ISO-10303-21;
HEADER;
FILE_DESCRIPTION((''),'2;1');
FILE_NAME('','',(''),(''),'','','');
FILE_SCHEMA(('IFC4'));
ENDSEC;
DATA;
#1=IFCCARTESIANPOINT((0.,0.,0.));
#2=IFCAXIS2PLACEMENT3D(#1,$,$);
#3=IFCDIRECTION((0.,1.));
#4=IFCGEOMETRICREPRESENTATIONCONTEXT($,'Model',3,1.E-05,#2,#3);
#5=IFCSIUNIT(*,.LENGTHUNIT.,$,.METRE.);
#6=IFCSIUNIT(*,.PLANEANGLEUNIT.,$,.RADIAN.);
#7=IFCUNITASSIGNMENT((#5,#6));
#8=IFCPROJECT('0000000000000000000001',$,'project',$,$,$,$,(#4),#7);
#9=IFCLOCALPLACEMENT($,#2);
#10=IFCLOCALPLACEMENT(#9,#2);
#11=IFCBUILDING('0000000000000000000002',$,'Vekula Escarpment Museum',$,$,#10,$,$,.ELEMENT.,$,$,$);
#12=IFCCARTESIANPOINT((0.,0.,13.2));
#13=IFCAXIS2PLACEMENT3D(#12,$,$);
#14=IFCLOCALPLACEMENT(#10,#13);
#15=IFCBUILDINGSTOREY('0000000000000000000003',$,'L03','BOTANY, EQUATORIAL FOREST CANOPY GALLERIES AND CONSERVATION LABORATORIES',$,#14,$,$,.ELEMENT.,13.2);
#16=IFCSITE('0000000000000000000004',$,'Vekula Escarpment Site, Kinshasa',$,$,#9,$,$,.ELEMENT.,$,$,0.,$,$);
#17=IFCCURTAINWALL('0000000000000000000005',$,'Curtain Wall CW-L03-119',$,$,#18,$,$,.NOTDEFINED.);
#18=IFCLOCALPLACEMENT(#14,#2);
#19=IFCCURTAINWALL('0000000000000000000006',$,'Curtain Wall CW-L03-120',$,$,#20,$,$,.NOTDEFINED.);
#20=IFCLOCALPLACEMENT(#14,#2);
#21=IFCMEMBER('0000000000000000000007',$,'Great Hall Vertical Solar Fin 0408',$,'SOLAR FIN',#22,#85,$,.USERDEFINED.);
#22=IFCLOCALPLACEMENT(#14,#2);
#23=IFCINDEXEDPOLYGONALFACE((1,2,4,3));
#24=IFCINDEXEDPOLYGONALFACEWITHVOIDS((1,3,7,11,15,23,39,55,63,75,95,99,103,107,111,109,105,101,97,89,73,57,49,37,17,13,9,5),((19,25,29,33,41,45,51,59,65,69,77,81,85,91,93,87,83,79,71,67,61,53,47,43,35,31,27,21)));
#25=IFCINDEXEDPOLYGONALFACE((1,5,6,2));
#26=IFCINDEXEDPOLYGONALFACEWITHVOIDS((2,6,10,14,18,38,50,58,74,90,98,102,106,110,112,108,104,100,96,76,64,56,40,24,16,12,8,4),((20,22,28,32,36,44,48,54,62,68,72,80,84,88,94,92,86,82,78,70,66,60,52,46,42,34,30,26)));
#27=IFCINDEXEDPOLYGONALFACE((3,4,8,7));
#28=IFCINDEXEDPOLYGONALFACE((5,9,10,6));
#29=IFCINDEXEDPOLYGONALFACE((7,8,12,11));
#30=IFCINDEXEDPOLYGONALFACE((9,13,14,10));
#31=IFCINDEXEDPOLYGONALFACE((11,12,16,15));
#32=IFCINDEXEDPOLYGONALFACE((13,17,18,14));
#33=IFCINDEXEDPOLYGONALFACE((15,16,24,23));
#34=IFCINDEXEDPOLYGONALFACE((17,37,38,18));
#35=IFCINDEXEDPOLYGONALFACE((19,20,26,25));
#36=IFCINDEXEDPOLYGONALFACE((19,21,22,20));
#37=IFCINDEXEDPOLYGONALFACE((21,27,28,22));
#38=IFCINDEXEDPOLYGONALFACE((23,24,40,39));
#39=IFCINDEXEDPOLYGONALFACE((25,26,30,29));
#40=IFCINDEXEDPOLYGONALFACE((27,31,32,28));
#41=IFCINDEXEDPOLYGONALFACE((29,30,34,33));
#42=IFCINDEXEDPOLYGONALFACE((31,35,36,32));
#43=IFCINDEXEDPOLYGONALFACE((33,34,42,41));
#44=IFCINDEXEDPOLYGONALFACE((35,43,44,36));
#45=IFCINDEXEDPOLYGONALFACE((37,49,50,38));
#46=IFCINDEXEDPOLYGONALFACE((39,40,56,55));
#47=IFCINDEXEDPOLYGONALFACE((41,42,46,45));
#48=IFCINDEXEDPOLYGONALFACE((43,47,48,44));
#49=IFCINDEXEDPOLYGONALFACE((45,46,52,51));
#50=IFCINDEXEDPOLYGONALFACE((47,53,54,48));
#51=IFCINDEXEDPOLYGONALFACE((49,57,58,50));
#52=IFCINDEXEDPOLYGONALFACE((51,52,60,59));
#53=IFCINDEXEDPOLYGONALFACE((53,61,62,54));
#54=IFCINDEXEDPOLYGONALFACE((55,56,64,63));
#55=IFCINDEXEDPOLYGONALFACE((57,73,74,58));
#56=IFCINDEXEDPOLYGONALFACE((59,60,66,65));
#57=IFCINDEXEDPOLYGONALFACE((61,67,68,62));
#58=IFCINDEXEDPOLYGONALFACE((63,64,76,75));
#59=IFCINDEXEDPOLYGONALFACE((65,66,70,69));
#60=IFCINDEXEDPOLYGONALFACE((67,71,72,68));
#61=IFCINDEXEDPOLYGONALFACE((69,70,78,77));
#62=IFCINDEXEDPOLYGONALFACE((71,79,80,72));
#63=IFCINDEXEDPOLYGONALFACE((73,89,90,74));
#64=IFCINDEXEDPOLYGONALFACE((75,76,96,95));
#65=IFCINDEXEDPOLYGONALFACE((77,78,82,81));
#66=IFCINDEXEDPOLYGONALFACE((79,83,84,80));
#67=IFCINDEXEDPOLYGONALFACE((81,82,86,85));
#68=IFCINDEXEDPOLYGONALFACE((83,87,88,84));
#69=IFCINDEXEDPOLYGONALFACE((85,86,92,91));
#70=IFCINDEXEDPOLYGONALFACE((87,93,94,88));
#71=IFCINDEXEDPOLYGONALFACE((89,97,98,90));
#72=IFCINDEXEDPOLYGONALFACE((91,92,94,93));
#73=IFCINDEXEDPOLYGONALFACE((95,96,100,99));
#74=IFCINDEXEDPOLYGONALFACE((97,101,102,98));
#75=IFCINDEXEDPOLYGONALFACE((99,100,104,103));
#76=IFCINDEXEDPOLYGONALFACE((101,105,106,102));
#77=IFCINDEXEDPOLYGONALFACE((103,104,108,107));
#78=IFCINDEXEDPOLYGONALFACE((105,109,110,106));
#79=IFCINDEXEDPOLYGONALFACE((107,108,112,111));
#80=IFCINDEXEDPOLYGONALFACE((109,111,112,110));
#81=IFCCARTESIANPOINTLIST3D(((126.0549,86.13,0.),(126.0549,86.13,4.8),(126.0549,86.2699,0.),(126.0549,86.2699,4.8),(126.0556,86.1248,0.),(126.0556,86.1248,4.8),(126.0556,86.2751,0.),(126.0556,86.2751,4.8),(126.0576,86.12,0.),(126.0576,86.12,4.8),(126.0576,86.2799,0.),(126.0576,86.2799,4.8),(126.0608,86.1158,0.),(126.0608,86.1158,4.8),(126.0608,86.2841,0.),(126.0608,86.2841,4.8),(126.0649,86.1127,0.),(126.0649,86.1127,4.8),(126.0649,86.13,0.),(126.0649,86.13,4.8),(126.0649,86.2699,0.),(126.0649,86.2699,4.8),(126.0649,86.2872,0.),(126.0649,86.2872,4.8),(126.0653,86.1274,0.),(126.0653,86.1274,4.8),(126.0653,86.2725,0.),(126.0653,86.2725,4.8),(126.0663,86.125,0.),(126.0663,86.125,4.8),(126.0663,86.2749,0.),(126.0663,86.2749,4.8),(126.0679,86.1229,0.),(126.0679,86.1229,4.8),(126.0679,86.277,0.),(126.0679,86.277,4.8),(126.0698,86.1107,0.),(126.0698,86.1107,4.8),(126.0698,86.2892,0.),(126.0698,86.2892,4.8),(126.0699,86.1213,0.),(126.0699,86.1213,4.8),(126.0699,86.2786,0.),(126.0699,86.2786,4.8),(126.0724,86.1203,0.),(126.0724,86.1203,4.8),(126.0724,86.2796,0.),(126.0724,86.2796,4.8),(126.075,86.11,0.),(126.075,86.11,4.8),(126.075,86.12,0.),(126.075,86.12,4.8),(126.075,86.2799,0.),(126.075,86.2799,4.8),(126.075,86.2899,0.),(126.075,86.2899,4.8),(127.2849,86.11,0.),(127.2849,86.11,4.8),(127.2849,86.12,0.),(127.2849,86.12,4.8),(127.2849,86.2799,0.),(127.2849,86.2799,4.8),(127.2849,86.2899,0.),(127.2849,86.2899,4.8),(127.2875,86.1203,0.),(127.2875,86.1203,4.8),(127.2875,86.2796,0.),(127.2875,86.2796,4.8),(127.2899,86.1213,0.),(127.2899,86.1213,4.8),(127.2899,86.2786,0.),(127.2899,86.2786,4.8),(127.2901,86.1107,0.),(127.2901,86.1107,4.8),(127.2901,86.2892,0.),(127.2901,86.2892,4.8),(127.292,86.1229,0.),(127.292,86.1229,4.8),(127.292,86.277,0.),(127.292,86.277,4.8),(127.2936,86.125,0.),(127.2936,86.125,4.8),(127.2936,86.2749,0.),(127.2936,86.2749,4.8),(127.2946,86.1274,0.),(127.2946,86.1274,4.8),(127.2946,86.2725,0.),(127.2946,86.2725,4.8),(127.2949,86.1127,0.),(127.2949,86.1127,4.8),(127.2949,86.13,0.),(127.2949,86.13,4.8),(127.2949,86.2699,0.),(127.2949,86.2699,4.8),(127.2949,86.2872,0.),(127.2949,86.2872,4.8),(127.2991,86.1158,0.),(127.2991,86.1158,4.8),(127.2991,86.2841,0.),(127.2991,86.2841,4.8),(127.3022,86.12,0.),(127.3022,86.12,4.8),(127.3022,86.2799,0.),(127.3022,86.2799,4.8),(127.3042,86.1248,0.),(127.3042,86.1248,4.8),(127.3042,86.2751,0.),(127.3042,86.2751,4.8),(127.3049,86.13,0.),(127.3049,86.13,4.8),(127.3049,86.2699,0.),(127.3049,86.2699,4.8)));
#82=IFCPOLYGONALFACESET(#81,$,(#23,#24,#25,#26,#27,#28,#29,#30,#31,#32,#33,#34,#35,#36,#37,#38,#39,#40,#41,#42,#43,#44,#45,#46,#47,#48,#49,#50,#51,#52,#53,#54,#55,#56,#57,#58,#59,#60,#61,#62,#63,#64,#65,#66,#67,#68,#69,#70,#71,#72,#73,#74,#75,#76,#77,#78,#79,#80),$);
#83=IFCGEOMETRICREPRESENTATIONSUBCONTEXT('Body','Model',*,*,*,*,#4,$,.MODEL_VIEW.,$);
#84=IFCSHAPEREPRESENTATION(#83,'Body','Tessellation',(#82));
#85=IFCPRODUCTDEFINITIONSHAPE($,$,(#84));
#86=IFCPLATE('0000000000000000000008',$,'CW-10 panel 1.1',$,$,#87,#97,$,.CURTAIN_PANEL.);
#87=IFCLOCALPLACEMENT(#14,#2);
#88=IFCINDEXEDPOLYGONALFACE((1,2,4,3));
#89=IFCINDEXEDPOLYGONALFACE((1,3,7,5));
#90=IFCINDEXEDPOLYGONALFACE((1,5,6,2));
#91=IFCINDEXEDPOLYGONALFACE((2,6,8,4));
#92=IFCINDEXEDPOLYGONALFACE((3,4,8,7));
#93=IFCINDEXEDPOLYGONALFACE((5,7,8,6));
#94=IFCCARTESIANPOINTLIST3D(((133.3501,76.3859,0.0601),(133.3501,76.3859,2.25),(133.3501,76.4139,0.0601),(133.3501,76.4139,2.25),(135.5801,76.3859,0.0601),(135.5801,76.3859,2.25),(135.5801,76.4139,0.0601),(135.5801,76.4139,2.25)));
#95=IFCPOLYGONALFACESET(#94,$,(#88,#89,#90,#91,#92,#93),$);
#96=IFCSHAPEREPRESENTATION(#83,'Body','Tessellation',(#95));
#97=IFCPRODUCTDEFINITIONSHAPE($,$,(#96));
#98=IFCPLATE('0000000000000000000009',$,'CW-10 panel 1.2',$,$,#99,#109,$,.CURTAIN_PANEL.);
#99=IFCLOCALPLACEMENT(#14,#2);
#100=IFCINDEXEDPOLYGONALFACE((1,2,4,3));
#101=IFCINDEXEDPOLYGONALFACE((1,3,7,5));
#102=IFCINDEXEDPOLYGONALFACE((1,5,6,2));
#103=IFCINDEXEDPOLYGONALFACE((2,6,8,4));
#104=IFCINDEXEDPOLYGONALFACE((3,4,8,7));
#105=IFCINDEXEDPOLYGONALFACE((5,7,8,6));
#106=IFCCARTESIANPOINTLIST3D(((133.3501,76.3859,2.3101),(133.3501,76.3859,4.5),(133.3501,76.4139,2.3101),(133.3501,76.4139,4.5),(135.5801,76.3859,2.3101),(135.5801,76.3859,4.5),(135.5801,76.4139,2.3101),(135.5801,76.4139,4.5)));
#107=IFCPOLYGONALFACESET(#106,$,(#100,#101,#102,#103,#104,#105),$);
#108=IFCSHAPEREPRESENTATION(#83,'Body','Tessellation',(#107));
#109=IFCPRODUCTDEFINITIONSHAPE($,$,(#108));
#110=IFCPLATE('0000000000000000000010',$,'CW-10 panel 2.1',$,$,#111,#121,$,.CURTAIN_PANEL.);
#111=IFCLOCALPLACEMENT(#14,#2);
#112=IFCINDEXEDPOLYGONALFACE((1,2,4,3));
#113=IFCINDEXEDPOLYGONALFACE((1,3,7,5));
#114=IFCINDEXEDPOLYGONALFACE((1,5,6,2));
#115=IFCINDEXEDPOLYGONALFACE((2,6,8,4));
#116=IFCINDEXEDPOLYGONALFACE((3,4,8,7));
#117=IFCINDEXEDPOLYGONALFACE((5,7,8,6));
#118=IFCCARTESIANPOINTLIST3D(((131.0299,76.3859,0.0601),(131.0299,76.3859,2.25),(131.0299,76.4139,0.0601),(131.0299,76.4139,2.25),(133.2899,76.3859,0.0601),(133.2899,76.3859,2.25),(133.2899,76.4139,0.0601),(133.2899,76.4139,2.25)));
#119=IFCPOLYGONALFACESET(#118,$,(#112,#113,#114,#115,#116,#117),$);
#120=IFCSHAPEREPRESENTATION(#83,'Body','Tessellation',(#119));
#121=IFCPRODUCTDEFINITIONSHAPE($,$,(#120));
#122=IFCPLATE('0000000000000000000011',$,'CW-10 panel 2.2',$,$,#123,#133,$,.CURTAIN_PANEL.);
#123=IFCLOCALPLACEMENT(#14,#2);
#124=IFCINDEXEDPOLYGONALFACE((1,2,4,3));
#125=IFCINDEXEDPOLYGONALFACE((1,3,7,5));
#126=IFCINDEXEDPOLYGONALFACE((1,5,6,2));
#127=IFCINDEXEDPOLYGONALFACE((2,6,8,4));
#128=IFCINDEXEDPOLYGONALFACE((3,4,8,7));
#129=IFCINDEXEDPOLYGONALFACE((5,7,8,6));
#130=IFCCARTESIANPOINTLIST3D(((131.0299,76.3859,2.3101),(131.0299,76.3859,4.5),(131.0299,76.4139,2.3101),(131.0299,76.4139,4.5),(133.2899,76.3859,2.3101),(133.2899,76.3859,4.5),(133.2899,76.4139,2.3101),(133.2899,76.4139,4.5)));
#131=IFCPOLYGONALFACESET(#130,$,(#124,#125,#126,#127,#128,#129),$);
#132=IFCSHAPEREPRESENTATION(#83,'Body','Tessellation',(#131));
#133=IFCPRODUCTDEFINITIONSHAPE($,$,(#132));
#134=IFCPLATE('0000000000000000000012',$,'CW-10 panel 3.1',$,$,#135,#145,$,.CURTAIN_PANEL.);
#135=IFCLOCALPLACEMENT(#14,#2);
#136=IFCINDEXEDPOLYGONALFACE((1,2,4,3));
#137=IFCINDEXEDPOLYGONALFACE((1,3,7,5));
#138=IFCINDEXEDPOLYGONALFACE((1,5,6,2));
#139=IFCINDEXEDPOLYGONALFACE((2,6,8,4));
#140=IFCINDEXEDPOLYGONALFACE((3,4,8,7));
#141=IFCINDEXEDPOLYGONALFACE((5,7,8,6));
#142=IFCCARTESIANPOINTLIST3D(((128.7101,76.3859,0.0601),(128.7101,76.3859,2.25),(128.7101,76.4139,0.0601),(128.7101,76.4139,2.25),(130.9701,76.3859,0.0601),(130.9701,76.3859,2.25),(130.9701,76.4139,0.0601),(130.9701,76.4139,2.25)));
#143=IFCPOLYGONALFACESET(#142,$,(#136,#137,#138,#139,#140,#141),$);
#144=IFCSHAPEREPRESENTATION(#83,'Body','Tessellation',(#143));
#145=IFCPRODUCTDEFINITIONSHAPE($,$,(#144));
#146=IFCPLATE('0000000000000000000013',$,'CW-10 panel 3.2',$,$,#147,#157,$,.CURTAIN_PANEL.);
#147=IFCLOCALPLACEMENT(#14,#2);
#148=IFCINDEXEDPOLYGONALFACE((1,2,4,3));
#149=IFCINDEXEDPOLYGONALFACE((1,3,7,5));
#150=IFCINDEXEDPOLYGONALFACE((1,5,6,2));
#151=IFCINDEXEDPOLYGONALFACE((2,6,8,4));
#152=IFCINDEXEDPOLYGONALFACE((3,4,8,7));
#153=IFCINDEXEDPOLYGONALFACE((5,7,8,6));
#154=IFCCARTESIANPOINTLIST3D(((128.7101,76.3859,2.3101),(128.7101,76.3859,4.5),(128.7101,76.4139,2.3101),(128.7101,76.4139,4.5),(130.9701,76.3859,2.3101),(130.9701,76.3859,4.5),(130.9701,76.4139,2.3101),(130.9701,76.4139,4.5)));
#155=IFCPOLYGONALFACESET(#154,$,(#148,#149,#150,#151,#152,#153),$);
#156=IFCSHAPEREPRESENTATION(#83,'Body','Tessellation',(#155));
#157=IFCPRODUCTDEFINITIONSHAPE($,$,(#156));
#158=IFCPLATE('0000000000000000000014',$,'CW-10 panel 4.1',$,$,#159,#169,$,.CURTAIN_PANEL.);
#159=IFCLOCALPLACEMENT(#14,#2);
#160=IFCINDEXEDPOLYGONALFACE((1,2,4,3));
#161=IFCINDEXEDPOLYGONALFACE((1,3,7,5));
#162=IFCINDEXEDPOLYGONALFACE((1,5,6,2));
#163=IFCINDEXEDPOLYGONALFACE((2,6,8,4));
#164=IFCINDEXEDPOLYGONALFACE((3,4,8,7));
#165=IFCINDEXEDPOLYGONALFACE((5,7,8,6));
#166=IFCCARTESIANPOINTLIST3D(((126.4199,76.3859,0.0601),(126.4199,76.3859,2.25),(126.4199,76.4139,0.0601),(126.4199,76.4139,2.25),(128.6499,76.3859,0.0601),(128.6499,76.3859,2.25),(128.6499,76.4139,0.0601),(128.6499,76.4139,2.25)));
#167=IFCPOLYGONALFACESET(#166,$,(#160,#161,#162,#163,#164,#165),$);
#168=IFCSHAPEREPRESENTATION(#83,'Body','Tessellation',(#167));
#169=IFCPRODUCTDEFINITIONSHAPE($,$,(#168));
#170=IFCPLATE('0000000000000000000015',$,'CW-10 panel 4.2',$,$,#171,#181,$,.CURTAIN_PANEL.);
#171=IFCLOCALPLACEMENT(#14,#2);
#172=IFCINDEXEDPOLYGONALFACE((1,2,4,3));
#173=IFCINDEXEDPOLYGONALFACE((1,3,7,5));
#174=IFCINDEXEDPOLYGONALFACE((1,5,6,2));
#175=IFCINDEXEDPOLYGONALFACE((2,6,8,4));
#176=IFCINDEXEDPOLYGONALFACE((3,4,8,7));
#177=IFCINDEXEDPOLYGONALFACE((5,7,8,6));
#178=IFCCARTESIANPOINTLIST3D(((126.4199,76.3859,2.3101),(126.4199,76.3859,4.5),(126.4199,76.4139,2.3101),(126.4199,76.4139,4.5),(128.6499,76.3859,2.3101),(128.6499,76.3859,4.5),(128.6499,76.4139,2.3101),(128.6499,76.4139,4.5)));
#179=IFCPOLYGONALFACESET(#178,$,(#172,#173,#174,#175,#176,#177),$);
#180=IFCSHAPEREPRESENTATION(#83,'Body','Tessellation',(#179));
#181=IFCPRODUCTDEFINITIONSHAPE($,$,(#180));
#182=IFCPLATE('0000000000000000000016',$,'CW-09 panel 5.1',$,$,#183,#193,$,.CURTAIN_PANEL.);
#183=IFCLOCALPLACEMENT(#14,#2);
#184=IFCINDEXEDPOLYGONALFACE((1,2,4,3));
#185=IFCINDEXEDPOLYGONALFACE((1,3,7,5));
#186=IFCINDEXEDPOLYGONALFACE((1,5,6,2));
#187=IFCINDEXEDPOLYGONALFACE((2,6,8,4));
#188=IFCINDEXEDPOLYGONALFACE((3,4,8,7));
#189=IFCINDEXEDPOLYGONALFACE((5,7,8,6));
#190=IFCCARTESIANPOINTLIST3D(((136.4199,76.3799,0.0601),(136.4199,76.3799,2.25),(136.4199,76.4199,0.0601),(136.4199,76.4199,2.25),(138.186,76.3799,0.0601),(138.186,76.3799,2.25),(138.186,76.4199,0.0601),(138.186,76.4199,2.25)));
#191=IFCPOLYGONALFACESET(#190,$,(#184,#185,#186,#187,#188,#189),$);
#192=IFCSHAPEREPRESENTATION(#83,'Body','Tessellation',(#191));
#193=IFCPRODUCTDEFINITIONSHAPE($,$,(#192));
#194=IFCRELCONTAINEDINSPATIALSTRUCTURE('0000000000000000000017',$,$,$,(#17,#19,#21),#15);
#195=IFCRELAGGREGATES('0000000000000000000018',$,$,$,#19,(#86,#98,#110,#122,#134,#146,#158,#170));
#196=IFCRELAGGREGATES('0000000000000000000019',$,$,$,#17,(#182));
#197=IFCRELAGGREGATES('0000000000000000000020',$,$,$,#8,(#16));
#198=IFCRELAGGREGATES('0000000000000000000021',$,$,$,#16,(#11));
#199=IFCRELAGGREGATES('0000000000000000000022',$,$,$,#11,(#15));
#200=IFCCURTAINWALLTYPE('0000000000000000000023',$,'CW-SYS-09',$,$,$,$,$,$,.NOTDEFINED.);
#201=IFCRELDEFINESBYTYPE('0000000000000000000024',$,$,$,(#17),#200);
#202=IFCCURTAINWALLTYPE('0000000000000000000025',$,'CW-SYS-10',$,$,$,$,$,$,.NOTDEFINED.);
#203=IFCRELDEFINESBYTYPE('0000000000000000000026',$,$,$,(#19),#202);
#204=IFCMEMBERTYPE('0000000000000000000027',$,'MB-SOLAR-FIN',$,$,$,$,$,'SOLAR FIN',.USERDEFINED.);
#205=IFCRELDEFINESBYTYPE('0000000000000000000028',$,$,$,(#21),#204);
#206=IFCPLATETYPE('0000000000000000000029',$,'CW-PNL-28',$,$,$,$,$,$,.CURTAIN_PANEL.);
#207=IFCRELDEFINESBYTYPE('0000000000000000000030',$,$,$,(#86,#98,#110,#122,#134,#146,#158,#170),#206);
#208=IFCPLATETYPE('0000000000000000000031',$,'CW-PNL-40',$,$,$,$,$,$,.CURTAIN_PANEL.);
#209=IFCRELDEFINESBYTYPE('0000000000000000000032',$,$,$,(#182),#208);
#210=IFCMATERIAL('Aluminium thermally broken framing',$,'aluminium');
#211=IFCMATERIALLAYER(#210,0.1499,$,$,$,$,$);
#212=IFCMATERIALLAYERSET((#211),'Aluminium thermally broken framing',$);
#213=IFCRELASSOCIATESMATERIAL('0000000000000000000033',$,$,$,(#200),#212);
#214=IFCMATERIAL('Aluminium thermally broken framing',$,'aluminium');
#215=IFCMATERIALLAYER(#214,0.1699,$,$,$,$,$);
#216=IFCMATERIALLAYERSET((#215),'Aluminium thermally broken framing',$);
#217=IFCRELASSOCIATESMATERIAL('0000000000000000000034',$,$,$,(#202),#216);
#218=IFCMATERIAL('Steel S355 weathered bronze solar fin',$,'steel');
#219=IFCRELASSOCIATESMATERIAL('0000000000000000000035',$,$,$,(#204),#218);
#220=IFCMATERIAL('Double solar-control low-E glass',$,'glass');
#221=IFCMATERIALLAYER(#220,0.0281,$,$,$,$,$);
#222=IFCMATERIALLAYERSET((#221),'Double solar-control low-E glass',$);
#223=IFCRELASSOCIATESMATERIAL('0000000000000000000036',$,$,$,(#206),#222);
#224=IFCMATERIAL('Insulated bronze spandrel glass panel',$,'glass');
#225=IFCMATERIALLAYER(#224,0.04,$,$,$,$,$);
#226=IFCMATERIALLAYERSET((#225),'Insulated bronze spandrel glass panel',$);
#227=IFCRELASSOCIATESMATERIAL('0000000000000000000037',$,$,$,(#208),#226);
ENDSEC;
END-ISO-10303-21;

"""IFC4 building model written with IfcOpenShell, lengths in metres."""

from ifc_helpers import new_model, si_unit, direction, frame, origin, origin_2d, place, context, subcontext, project, spatial, rectangle, hollow_rectangle, extrude, material, layer, layer_set, material_profile, profile_set, type_object, element, aggregate, save


model = new_model("IFC4")

# Units and contexts
model_context = context("Model", 3, precision=1e-05, world=origin(), true_north=direction((0.0, 1.0)))
body_context = subcontext(model_context, "Body", "Model", "MODEL_VIEW")
ifc_project = project(units=[si_unit("LENGTHUNIT", "METRE"), si_unit("PLANEANGLEUNIT", "RADIAN")], contexts=[model_context])

# Site, building, storey
site_placement = place(None, origin())
site = spatial("IfcSite", under=ifc_project, at=site_placement, Name="Vekula Escarpment Site, Kinshasa", CompositionType="ELEMENT", RefElevation=0.0)
building_placement = place(site_placement, origin())
building = spatial("IfcBuilding", under=site, at=building_placement, Name="Vekula Escarpment Museum", CompositionType="ELEMENT")
storey_placement = place(building_placement, frame((0.0, 0.0, 13.2)))
storey = spatial("IfcBuildingStorey", under=building, at=storey_placement, Name="L03", Description="BOTANY, EQUATORIAL FOREST CANOPY GALLERIES AND CONSERVATION LABORATORIES", CompositionType="ELEMENT", Elevation=13.2)

# Curtain wall
ifc_material_1 = material(Name="Aluminium thermally broken framing", Category="aluminium")
ifc_layer_1 = layer(ifc_material_1, 0.1499)
ifc_layer_set_1 = layer_set([ifc_layer_1], Name="Aluminium thermally broken framing")
curtain_wall_type_1 = type_object("IfcCurtainWallType", Name="CW-SYS-09", PredefinedType="NOTDEFINED", material=ifc_layer_set_1)
curtain_wall_1_placement = place(storey_placement, origin())
curtain_wall_1 = element("IfcCurtainWall", 1, at=curtain_wall_1_placement, inside=storey, type_object=curtain_wall_type_1, Name="Curtain Wall CW-L03-119", PredefinedType="NOTDEFINED")

# Curtain wall
ifc_material_2 = material(Name="Aluminium thermally broken framing", Category="aluminium")
ifc_layer_2 = layer(ifc_material_2, 0.1699)
ifc_layer_set_2 = layer_set([ifc_layer_2], Name="Aluminium thermally broken framing")
curtain_wall_type_2 = type_object("IfcCurtainWallType", Name="CW-SYS-10", PredefinedType="NOTDEFINED", material=ifc_layer_set_2)
curtain_wall_2_placement = place(storey_placement, origin())
curtain_wall_2 = element("IfcCurtainWall", 2, at=curtain_wall_2_placement, inside=storey, type_object=curtain_wall_type_2, Name="Curtain Wall CW-L03-120", PredefinedType="NOTDEFINED")

# Member
ifc_material_3 = material(Name="Steel S355 weathered bronze solar fin", Category="steel")
ifc_material_profile_1 = material_profile(ifc_material_3, hollow_rectangle(XDim=0.1799, YDim=1.25, WallThickness=0.01, InnerFilletRadius=0.01, OuterFilletRadius=0.02, at=origin_2d()), Name="RHS 1250x180x10")
ifc_profile_set_1 = profile_set([ifc_material_profile_1], Name="Steel S355 weathered bronze solar fin")
member_type_1 = type_object("IfcMemberType", Name="MB-SOLAR-FIN", ElementType="SOLAR FIN", PredefinedType="USERDEFINED", material=ifc_profile_set_1)
member_1_placement = place(storey_placement, frame((126.6799, 86.2, 0.0), z_axis=(0.0, 0.0, 1.0), x_axis=(0.0, 1.0, 0.0)))
element("IfcMember", 3, at=member_1_placement, inside=storey, type_object=member_type_1, Name="Great Hall Vertical Solar Fin 0408", ObjectType="SOLAR FIN", PredefinedType="USERDEFINED", context=body_context, shape_type="SweptSolid", body=[
    extrude(hollow_rectangle(XDim=0.1799, YDim=1.25, WallThickness=0.01, InnerFilletRadius=0.01, OuterFilletRadius=0.02, at=origin_2d()), origin(), (0.0, 0.0, 1.0), 4.8),
])

# Plates
ifc_material_4 = material(Name="Double solar-control low-E glass", Category="glass")
ifc_layer_3 = layer(ifc_material_4, 0.0281)
ifc_layer_set_3 = layer_set([ifc_layer_3], Name="Double solar-control low-E glass")
plate_type_1 = type_object("IfcPlateType", Name="CW-PNL-28", PredefinedType="CURTAIN_PANEL", material=ifc_layer_set_3)
plate_1_placement = place(storey_placement, frame((134.4651, 76.3999, 0.0601), z_axis=(0.0, 0.0, 1.0), x_axis=(-1.0, 0.0, 0.0)))
plate_1 = element("IfcPlate", 4, at=plate_1_placement, type_object=plate_type_1, Name="CW-10 panel 1.1", PredefinedType="CURTAIN_PANEL", context=body_context, shape_type="SweptSolid", body=[
    extrude(rectangle(XDim=2.23, YDim=0.0281, at=origin_2d()), origin(), (0.0, 0.0, 1.0), 2.1899),
])
plate_2_placement = place(storey_placement, frame((134.4651, 76.3999, 2.3101), z_axis=(0.0, 0.0, 1.0), x_axis=(-1.0, 0.0, 0.0)))
plate_2 = element("IfcPlate", 5, at=plate_2_placement, type_object=plate_type_1, Name="CW-10 panel 1.2", PredefinedType="CURTAIN_PANEL", context=body_context, shape_type="SweptSolid", body=[
    extrude(rectangle(XDim=2.23, YDim=0.0281, at=origin_2d()), origin(), (0.0, 0.0, 1.0), 2.1899),
])
plate_3_placement = place(storey_placement, frame((132.1599, 76.3999, 0.0601), z_axis=(0.0, 0.0, 1.0), x_axis=(-1.0, 0.0, 0.0)))
plate_3 = element("IfcPlate", 6, at=plate_3_placement, type_object=plate_type_1, Name="CW-10 panel 2.1", PredefinedType="CURTAIN_PANEL", context=body_context, shape_type="SweptSolid", body=[
    extrude(rectangle(XDim=2.26, YDim=0.0281, at=origin_2d()), origin(), (0.0, 0.0, 1.0), 2.1899),
])
plate_4_placement = place(storey_placement, frame((132.1599, 76.3999, 2.3101), z_axis=(0.0, 0.0, 1.0), x_axis=(-1.0, 0.0, 0.0)))
plate_4 = element("IfcPlate", 7, at=plate_4_placement, type_object=plate_type_1, Name="CW-10 panel 2.2", PredefinedType="CURTAIN_PANEL", context=body_context, shape_type="SweptSolid", body=[
    extrude(rectangle(XDim=2.26, YDim=0.0281, at=origin_2d()), origin(), (0.0, 0.0, 1.0), 2.1899),
])
plate_5_placement = place(storey_placement, frame((129.8401, 76.3999, 0.0601), z_axis=(0.0, 0.0, 1.0), x_axis=(-1.0, 0.0, 0.0)))
plate_5 = element("IfcPlate", 8, at=plate_5_placement, type_object=plate_type_1, Name="CW-10 panel 3.1", PredefinedType="CURTAIN_PANEL", context=body_context, shape_type="SweptSolid", body=[
    extrude(rectangle(XDim=2.26, YDim=0.0281, at=origin_2d()), origin(), (0.0, 0.0, 1.0), 2.1899),
])
plate_6_placement = place(storey_placement, frame((129.8401, 76.3999, 2.3101), z_axis=(0.0, 0.0, 1.0), x_axis=(-1.0, 0.0, 0.0)))
plate_6 = element("IfcPlate", 9, at=plate_6_placement, type_object=plate_type_1, Name="CW-10 panel 3.2", PredefinedType="CURTAIN_PANEL", context=body_context, shape_type="SweptSolid", body=[
    extrude(rectangle(XDim=2.26, YDim=0.0281, at=origin_2d()), origin(), (0.0, 0.0, 1.0), 2.1899),
])
plate_7_placement = place(storey_placement, frame((127.5349, 76.3999, 0.0601), z_axis=(0.0, 0.0, 1.0), x_axis=(-1.0, 0.0, 0.0)))
plate_7 = element("IfcPlate", 10, at=plate_7_placement, type_object=plate_type_1, Name="CW-10 panel 4.1", PredefinedType="CURTAIN_PANEL", context=body_context, shape_type="SweptSolid", body=[
    extrude(rectangle(XDim=2.23, YDim=0.0281, at=origin_2d()), origin(), (0.0, 0.0, 1.0), 2.1899),
])
plate_8_placement = place(storey_placement, frame((127.5349, 76.3999, 2.3101), z_axis=(0.0, 0.0, 1.0), x_axis=(-1.0, 0.0, 0.0)))
plate_8 = element("IfcPlate", 11, at=plate_8_placement, type_object=plate_type_1, Name="CW-10 panel 4.2", PredefinedType="CURTAIN_PANEL", context=body_context, shape_type="SweptSolid", body=[
    extrude(rectangle(XDim=2.23, YDim=0.0281, at=origin_2d()), origin(), (0.0, 0.0, 1.0), 2.1899),
])
aggregate(curtain_wall_2, [plate_1, plate_2, plate_3, plate_4, plate_5, plate_6, plate_7, plate_8])
ifc_material_5 = material(Name="Insulated bronze spandrel glass panel", Category="glass")
ifc_layer_4 = layer(ifc_material_5, 0.04)
ifc_layer_set_4 = layer_set([ifc_layer_4], Name="Insulated bronze spandrel glass panel")
plate_type_2 = type_object("IfcPlateType", Name="CW-PNL-40", PredefinedType="CURTAIN_PANEL", material=ifc_layer_set_4)
plate_9_placement = place(storey_placement, frame((137.303, 76.3999, 0.0601), z_axis=(0.0, 0.0, 1.0), x_axis=(-1.0, 0.0, 0.0)))
plate_9 = element("IfcPlate", 12, at=plate_9_placement, type_object=plate_type_2, Name="CW-09 panel 5.1", PredefinedType="CURTAIN_PANEL", context=body_context, shape_type="SweptSolid", body=[
    extrude(rectangle(XDim=1.7661, YDim=0.04, at=origin_2d()), origin(), (0.0, 0.0, 1.0), 2.1899),
])
aggregate(curtain_wall_1, [plate_9])

save(model, "model.ifc")
